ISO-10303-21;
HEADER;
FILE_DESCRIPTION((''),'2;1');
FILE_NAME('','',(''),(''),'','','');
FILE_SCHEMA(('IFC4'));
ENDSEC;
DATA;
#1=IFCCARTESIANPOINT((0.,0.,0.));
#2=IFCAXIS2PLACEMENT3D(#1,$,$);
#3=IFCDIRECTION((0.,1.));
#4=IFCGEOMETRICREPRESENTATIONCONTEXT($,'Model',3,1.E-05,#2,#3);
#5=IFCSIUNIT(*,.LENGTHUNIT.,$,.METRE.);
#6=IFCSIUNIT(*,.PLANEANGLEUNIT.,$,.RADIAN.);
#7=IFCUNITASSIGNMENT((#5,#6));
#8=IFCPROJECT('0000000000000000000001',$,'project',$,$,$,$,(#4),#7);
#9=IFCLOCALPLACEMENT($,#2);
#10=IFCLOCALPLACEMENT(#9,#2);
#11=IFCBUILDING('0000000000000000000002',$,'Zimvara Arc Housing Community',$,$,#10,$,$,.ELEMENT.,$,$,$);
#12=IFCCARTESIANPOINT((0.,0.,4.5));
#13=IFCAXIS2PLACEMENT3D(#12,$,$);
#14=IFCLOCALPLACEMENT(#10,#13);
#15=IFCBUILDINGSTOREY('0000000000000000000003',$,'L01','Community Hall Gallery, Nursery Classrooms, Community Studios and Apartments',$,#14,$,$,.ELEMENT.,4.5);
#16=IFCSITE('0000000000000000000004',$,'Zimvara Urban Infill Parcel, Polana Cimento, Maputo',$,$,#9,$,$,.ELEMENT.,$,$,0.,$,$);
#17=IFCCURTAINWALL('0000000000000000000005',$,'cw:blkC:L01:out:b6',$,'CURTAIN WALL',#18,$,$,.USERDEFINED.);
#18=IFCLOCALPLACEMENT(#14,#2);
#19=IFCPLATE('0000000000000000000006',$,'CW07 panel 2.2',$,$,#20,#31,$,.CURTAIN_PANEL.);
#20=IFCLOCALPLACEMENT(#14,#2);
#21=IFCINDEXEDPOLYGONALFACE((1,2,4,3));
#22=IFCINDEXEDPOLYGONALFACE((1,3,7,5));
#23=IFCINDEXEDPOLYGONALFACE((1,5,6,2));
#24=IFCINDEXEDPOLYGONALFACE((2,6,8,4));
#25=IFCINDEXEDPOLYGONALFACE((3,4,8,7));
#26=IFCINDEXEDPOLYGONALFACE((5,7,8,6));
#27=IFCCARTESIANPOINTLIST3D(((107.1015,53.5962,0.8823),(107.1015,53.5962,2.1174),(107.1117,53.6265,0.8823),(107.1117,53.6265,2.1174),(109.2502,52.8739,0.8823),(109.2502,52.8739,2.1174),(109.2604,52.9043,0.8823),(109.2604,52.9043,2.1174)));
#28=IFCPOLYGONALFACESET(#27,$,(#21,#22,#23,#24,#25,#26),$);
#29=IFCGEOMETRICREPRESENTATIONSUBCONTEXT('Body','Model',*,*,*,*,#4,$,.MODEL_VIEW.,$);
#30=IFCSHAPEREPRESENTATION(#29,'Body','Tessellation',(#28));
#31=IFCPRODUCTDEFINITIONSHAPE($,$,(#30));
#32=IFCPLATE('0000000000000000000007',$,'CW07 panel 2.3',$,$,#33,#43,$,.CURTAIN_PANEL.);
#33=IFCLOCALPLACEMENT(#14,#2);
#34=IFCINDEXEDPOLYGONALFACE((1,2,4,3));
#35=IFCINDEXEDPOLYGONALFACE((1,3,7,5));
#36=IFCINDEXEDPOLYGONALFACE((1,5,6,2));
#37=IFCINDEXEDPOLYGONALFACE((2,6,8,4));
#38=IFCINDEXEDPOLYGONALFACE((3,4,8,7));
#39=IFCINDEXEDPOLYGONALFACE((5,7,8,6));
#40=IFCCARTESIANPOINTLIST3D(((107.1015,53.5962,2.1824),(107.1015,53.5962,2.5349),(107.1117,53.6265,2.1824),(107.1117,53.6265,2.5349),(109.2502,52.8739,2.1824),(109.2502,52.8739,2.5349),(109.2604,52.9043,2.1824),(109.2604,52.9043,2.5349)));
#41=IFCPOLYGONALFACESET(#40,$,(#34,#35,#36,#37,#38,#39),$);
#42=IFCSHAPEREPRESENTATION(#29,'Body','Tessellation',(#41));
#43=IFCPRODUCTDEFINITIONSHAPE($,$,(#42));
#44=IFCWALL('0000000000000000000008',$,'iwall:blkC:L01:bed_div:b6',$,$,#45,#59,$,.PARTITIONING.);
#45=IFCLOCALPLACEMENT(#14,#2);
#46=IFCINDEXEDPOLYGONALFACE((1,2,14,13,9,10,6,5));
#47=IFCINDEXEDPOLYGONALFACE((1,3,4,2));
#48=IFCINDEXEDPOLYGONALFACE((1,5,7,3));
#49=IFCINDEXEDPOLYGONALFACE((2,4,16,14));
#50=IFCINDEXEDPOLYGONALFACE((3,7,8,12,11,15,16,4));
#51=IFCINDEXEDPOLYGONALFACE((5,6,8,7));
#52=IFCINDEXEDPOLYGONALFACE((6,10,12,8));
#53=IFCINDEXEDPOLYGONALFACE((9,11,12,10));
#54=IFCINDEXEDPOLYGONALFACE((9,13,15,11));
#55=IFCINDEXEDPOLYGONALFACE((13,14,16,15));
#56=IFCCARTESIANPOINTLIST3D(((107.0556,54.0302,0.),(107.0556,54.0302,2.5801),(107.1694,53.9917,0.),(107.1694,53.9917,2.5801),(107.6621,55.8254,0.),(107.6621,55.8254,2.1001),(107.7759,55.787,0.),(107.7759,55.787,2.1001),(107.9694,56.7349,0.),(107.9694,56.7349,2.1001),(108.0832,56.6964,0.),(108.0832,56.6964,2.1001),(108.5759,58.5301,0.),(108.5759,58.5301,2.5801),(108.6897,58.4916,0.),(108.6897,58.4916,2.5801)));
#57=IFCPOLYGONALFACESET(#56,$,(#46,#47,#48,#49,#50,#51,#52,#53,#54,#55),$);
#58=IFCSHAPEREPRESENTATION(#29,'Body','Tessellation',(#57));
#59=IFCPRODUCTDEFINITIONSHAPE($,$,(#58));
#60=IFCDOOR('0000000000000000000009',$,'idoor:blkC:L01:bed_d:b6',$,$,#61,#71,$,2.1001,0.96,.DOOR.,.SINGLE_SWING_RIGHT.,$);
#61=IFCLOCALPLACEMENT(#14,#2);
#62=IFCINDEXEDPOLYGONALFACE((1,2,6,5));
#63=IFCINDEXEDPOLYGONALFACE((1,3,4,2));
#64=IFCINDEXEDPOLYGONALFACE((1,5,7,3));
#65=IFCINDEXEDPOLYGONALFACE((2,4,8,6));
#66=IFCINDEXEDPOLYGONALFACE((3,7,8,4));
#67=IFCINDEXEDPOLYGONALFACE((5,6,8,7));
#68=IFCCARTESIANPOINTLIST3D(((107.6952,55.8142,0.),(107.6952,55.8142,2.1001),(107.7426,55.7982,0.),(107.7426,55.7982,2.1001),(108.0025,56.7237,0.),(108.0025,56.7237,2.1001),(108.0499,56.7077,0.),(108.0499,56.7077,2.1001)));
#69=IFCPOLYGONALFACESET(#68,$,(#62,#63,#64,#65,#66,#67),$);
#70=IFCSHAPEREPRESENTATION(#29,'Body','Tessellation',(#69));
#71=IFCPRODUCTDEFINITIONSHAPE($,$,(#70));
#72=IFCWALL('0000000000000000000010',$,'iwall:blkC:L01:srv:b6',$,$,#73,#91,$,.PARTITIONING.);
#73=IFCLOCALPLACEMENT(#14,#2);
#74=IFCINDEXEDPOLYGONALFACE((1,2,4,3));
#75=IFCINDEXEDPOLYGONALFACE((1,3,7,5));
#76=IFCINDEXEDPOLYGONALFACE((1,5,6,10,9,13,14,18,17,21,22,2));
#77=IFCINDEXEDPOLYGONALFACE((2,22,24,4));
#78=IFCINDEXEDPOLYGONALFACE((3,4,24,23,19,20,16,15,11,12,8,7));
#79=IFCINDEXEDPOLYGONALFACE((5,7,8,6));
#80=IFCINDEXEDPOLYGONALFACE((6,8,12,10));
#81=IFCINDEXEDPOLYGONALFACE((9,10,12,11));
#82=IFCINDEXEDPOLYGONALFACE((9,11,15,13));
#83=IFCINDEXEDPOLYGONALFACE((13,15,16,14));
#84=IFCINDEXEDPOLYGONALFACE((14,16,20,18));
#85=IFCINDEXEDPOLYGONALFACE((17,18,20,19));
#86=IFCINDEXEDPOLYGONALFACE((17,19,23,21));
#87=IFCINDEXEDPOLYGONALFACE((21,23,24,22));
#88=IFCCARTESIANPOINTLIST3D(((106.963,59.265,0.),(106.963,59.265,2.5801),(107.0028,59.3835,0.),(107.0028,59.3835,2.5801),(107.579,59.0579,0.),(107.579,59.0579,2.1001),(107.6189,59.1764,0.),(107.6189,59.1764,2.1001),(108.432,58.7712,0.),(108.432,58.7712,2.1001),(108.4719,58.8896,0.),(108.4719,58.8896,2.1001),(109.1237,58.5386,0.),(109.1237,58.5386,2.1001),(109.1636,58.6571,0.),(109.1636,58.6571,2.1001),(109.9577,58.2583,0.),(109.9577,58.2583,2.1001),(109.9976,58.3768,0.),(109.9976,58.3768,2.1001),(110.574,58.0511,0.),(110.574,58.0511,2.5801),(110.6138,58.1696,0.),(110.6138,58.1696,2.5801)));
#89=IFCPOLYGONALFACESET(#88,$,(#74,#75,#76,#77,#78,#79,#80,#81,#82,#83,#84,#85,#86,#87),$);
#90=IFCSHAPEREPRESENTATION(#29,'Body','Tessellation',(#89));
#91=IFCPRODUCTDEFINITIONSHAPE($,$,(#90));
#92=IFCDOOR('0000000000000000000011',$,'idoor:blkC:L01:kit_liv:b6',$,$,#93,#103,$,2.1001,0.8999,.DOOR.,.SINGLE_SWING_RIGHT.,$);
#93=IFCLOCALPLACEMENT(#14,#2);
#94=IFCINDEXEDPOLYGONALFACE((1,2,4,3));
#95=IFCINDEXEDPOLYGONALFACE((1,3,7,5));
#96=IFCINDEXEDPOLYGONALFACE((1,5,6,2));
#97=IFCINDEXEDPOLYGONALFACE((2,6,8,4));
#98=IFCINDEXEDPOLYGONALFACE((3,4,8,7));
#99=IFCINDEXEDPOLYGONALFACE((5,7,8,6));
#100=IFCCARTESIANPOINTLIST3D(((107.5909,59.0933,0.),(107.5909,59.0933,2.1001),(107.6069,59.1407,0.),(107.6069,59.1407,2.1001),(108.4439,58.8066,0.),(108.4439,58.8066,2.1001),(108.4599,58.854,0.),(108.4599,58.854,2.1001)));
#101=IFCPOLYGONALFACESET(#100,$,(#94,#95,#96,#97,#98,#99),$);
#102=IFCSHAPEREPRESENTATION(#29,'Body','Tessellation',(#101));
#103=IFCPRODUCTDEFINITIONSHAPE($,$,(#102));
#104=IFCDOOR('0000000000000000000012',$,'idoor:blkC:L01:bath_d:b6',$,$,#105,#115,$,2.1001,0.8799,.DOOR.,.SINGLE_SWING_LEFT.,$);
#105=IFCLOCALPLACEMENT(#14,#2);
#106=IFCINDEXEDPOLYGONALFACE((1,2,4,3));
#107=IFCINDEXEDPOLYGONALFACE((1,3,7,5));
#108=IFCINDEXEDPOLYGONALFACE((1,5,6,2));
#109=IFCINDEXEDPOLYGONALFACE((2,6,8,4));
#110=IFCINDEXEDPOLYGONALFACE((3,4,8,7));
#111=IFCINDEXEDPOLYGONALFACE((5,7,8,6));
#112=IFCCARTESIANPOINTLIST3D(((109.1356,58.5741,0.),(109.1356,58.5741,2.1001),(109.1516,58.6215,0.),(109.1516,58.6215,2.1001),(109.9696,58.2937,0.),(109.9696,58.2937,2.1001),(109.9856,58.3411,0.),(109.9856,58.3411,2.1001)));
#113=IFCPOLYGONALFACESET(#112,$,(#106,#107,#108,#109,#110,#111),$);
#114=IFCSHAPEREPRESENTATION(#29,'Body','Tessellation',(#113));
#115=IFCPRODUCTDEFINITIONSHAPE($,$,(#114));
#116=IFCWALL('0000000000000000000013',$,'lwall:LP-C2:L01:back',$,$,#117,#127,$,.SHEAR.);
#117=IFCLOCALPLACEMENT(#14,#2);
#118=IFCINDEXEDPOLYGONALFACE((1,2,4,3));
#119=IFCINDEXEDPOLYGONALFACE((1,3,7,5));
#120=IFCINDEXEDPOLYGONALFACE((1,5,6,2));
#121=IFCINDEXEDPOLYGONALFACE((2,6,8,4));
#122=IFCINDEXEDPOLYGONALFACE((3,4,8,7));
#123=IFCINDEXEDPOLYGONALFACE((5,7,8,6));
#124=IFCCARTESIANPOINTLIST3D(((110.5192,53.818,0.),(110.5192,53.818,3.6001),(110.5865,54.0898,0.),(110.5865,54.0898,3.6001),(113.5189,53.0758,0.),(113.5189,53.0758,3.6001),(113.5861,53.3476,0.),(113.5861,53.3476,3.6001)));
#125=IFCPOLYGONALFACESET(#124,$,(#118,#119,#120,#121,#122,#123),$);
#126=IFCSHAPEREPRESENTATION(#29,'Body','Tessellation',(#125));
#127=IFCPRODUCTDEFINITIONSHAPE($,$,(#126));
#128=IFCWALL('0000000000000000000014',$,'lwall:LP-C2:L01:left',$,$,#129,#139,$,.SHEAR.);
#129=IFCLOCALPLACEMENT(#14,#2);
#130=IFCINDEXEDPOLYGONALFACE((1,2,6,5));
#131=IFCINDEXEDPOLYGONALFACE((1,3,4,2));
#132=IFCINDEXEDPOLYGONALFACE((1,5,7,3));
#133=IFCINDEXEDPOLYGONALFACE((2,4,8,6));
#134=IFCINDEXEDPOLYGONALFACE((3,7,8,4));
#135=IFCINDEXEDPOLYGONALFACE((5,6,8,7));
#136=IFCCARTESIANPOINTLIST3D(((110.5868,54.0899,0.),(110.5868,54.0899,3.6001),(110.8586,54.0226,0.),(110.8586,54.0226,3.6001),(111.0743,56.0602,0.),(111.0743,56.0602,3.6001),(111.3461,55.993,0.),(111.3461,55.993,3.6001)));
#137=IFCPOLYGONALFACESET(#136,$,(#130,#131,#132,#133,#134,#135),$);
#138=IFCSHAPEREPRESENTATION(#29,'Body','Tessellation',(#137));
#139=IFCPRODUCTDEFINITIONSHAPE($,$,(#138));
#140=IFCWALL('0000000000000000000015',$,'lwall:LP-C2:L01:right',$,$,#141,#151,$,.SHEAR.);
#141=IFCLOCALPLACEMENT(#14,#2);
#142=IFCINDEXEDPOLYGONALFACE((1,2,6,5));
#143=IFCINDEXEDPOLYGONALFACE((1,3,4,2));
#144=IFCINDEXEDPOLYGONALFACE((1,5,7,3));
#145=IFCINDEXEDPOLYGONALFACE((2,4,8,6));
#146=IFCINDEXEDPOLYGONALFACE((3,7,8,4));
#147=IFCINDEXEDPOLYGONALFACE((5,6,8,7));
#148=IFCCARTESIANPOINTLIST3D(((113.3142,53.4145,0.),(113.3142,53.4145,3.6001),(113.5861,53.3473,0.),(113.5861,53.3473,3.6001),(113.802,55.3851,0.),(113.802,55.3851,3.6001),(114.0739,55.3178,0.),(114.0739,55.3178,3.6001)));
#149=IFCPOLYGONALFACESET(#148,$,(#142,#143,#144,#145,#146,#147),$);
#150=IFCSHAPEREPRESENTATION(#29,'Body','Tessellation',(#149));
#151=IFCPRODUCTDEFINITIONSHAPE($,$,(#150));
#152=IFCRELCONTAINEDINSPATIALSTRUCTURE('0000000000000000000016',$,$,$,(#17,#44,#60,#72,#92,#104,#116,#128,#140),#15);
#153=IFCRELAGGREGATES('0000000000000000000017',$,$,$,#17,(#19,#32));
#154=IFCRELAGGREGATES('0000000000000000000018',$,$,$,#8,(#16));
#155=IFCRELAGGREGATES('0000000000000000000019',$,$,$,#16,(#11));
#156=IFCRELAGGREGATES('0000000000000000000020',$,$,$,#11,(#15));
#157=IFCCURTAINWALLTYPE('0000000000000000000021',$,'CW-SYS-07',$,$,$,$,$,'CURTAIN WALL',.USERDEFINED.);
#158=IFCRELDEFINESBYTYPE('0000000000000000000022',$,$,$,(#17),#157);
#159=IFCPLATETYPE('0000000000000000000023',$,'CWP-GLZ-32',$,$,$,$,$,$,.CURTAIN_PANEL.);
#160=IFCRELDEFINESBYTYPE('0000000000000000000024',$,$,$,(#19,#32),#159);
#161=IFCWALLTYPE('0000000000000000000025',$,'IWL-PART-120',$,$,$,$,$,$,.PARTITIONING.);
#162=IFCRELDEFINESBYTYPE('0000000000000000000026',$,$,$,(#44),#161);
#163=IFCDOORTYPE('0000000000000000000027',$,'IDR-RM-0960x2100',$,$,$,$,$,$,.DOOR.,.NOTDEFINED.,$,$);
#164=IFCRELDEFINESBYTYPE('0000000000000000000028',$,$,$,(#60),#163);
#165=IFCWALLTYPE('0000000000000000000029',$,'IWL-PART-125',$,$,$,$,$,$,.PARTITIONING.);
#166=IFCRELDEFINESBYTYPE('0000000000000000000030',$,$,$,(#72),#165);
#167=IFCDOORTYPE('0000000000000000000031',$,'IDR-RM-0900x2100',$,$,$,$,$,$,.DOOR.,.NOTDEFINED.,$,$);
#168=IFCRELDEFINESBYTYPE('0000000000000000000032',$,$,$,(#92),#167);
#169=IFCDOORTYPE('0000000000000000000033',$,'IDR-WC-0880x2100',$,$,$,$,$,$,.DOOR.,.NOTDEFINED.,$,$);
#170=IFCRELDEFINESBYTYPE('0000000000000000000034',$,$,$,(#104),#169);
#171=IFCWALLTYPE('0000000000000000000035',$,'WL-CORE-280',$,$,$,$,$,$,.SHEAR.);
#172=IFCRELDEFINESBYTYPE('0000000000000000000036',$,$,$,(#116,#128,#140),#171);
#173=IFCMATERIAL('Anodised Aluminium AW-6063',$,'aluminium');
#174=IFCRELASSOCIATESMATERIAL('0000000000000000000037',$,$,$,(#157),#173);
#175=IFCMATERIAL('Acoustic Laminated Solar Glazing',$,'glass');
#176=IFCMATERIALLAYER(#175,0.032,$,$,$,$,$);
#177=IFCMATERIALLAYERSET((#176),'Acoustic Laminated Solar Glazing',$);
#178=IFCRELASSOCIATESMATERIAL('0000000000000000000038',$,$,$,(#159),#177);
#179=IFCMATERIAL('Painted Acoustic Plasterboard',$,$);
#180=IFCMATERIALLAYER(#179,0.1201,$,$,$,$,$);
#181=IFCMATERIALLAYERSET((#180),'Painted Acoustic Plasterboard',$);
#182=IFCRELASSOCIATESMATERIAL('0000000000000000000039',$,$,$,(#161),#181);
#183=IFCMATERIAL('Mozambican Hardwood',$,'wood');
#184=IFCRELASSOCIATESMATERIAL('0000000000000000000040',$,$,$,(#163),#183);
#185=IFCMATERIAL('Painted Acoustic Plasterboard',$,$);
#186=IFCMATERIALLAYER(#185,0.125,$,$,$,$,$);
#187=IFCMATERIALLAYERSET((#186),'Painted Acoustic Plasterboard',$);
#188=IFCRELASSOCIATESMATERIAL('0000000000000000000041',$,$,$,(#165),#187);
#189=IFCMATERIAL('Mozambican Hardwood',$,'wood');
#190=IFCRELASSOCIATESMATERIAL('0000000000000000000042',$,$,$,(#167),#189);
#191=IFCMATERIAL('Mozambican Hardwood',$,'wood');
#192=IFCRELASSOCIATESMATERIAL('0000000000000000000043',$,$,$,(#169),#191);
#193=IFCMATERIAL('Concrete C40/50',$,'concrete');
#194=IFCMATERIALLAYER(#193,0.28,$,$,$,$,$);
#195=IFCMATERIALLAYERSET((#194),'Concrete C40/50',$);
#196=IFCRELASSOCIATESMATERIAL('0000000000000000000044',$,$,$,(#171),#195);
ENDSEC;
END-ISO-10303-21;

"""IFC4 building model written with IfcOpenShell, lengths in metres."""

from ifc_helpers import new_model, si_unit, direction, frame, frame_2d, origin, origin_2d, place, context, subcontext, project, spatial, rectangle, extrude, material, layer, layer_set, type_object, element, fill, aggregate, save


model = new_model("IFC4")

# Units and contexts
model_context = context("Model", 3, precision=1e-05, world=origin(), true_north=direction((0.0, 1.0)))
body_context = subcontext(model_context, "Body", "Model", "MODEL_VIEW")
ifc_project = project(units=[si_unit("LENGTHUNIT", "METRE"), si_unit("PLANEANGLEUNIT", "RADIAN")], contexts=[model_context])

# Site, building, storey
site_placement = place(None, origin())
site = spatial("IfcSite", under=ifc_project, at=site_placement, Name="Zimvara Urban Infill Parcel, Polana Cimento, Maputo", CompositionType="ELEMENT", RefElevation=0.0)
building_placement = place(site_placement, origin())
building = spatial("IfcBuilding", under=site, at=building_placement, Name="Zimvara Arc Housing Community", CompositionType="ELEMENT")
storey_placement = place(building_placement, frame((0.0, 0.0, 4.5)))
storey = spatial("IfcBuildingStorey", under=building, at=storey_placement, Name="L01", Description="Community Hall Gallery, Nursery Classrooms, Community Studios and Apartments", CompositionType="ELEMENT", Elevation=4.5)

# Curtain wall, plates
ifc_material_1 = material(Name="Anodised Aluminium AW-6063", Category="aluminium")
curtain_wall_type = type_object("IfcCurtainWallType", Name="CW-SYS-07", ElementType="CURTAIN WALL", PredefinedType="USERDEFINED", material=ifc_material_1)
curtain_wall_placement = place(storey_placement, origin())
curtain_wall = element("IfcCurtainWall", 1, at=curtain_wall_placement, inside=storey, type_object=curtain_wall_type, Name="cw:blkC:L01:out:b6", ObjectType="CURTAIN WALL", PredefinedType="USERDEFINED")
ifc_material_2 = material(Name="Acoustic Laminated Solar Glazing", Category="glass")
ifc_layer_1 = layer(ifc_material_2, 0.032)
ifc_layer_set_1 = layer_set([ifc_layer_1], Name="Acoustic Laminated Solar Glazing")
plate_type = type_object("IfcPlateType", Name="CWP-GLZ-32", PredefinedType="CURTAIN_PANEL", material=ifc_layer_set_1)
plate_1_placement = place(storey_placement, frame((108.1809, 53.2502, 0.8823), z_axis=(0.0, 0.0, 1.0), x_axis=(0.94788, -0.318629, 0.0)))
plate_1 = element("IfcPlate", 2, at=plate_1_placement, type_object=plate_type, Name="CW07 panel 2.2", PredefinedType="CURTAIN_PANEL", context=body_context, shape_type="SweptSolid", body=[
    extrude(rectangle(XDim=2.2668, YDim=0.032, at=origin_2d()), origin(), (0.0, 0.0, 1.0), 1.2351),
])
plate_2_placement = place(storey_placement, frame((108.1809, 53.2502, 2.1824), z_axis=(0.0, 0.0, 1.0), x_axis=(0.94788, -0.318629, 0.0)))
plate_2 = element("IfcPlate", 3, at=plate_2_placement, type_object=plate_type, Name="CW07 panel 2.3", PredefinedType="CURTAIN_PANEL", context=body_context, shape_type="SweptSolid", body=[
    extrude(rectangle(XDim=2.2668, YDim=0.032, at=origin_2d()), origin(), (0.0, 0.0, 1.0), 0.3525),
])
aggregate(curtain_wall, [plate_1, plate_2])

# Wall, opening, door
ifc_material_3 = material(Name="Painted Acoustic Plasterboard")
ifc_layer_2 = layer(ifc_material_3, 0.1201)
ifc_layer_set_2 = layer_set([ifc_layer_2], Name="Painted Acoustic Plasterboard")
wall_type_1 = type_object("IfcWallType", Name="IWL-PART-120", PredefinedType="PARTITIONING", material=ifc_layer_set_2)
wall_1_placement = place(storey_placement, frame((108.6328, 58.511, 0.0), z_axis=(0.0, 0.0, 1.0), x_axis=(-0.320065, -0.947396, 0.0)))
wall_1 = element("IfcWall", 4, at=wall_1_placement, inside=storey, type_object=wall_type_1, Name="iwall:blkC:L01:bed_div:b6", PredefinedType="PARTITIONING", context=body_context, shape_type="SweptSolid", body=[
    extrude(rectangle(XDim=4.7498, YDim=0.1201, at=frame_2d((2.375, 0.0))), origin(), (0.0, 0.0, 1.0), 2.5801),
])
opening_1_placement = place(wall_1_placement, frame((1.895, 0.0, 0.0)))
opening_1 = element("IfcOpeningElement", 5, at=opening_1_placement, cuts=wall_1, PredefinedType="OPENING", context=body_context, shape_type="SweptSolid", body=[
    extrude(rectangle(XDim=0.96, YDim=2.1001, at=frame_2d((0.48, 1.05))), frame((0.0, 0.0701, 0.0), z_axis=(0.0, -1.0, 0.0), x_axis=(1.0, 0.0, 0.0)), (0.0, 0.0, 1.0), 0.1401),
])
ifc_material_4 = material(Name="Mozambican Hardwood", Category="wood")
door_type_1 = type_object("IfcDoorType", Name="IDR-RM-0960x2100", OperationType="NOTDEFINED", PredefinedType="DOOR", material=ifc_material_4)
door_1_placement = place(opening_1_placement, origin())
door_1 = element("IfcDoor", 6, at=door_1_placement, inside=storey, type_object=door_type_1, Name="idoor:blkC:L01:bed_d:b6", OperationType="SINGLE_SWING_RIGHT", OverallHeight=2.1001, OverallWidth=0.96, PredefinedType="DOOR", context=body_context, shape_type="SweptSolid", body=[
    extrude(rectangle(XDim=0.96, YDim=2.1001, at=frame_2d((0.48, 1.05))), frame((0.0, 0.0249, 0.0), z_axis=(0.0, -1.0, 0.0), x_axis=(1.0, 0.0, 0.0)), (0.0, 0.0, 1.0), 0.05),
])
fill(opening_1, door_1)

# Wall, openings, doors
ifc_material_5 = material(Name="Painted Acoustic Plasterboard")
ifc_layer_3 = layer(ifc_material_5, 0.125)
ifc_layer_set_3 = layer_set([ifc_layer_3], Name="Painted Acoustic Plasterboard")
wall_type_2 = type_object("IfcWallType", Name="IWL-PART-125", PredefinedType="PARTITIONING", material=ifc_layer_set_3)
wall_2_placement = place(storey_placement, frame((106.9829, 59.3242, 0.0), z_axis=(0.0, 0.0, 1.0), x_axis=(0.947879, -0.31863, 0.0)))
wall_2 = element("IfcWall", 7, at=wall_2_placement, inside=storey, type_object=wall_type_2, Name="iwall:blkC:L01:srv:b6", PredefinedType="PARTITIONING", context=body_context, shape_type="SweptSolid", body=[
    extrude(rectangle(XDim=3.8096, YDim=0.125, at=frame_2d((1.9048, 0.0))), origin(), (0.0, 0.0, 1.0), 2.5801),
])
opening_2_placement = place(wall_2_placement, frame((0.6499, 0.0, 0.0)))
opening_2 = element("IfcOpeningElement", 8, at=opening_2_placement, cuts=wall_2, PredefinedType="OPENING", context=body_context, shape_type="SweptSolid", body=[
    extrude(rectangle(XDim=0.8999, YDim=2.1001, at=frame_2d((0.45, 1.05))), frame((0.0, 0.0725, 0.0), z_axis=(0.0, -1.0, 0.0), x_axis=(1.0, 0.0, 0.0)), (0.0, 0.0, 1.0), 0.145),
])
opening_3_placement = place(wall_2_placement, frame((2.2795, 0.0, 0.0)))
opening_3 = element("IfcOpeningElement", 9, at=opening_3_placement, cuts=wall_2, PredefinedType="OPENING", context=body_context, shape_type="SweptSolid", body=[
    extrude(rectangle(XDim=0.8799, YDim=2.1001, at=frame_2d((0.4399, 1.05))), frame((0.0, 0.0725, 0.0), z_axis=(0.0, -1.0, 0.0), x_axis=(1.0, 0.0, 0.0)), (0.0, 0.0, 1.0), 0.145),
])
ifc_material_6 = material(Name="Mozambican Hardwood", Category="wood")
door_type_2 = type_object("IfcDoorType", Name="IDR-RM-0900x2100", OperationType="NOTDEFINED", PredefinedType="DOOR", material=ifc_material_6)
door_2_placement = place(opening_2_placement, origin())
door_2 = element("IfcDoor", 10, at=door_2_placement, inside=storey, type_object=door_type_2, Name="idoor:blkC:L01:kit_liv:b6", OperationType="SINGLE_SWING_RIGHT", OverallHeight=2.1001, OverallWidth=0.8999, PredefinedType="DOOR", context=body_context, shape_type="SweptSolid", body=[
    extrude(rectangle(XDim=0.8999, YDim=2.1001, at=frame_2d((0.45, 1.05))), frame((0.0, 0.0249, 0.0), z_axis=(0.0, -1.0, 0.0), x_axis=(1.0, 0.0, 0.0)), (0.0, 0.0, 1.0), 0.05),
])
fill(opening_2, door_2)
ifc_material_7 = material(Name="Mozambican Hardwood", Category="wood")
door_type_3 = type_object("IfcDoorType", Name="IDR-WC-0880x2100", OperationType="NOTDEFINED", PredefinedType="DOOR", material=ifc_material_7)
door_3_placement = place(opening_3_placement, origin())
door_3 = element("IfcDoor", 11, at=door_3_placement, inside=storey, type_object=door_type_3, Name="idoor:blkC:L01:bath_d:b6", OperationType="SINGLE_SWING_LEFT", OverallHeight=2.1001, OverallWidth=0.8799, PredefinedType="DOOR", context=body_context, shape_type="SweptSolid", body=[
    extrude(rectangle(XDim=0.8799, YDim=2.1001, at=frame_2d((0.4399, 1.05))), frame((0.0, 0.0249, 0.0), z_axis=(0.0, -1.0, 0.0), x_axis=(1.0, 0.0, 0.0)), (0.0, 0.0, 1.0), 0.05),
])
fill(opening_3, door_3)

# Shared definitions
ifc_material_8 = material(Name="Concrete C40/50", Category="concrete")
ifc_layer_4 = layer(ifc_material_8, 0.28)
ifc_layer_set_4 = layer_set([ifc_layer_4], Name="Concrete C40/50")
wall_type_3 = type_object("IfcWallType", Name="WL-CORE-280", PredefinedType="SHEAR", material=ifc_layer_set_4)

# Walls
wall_3_placement = place(storey_placement, frame((110.553, 53.9539, 0.0), z_axis=(0.0, 0.0, 1.0), x_axis=(0.970725, -0.240192, 0.0)))
element("IfcWall", 12, at=wall_3_placement, inside=storey, type_object=wall_type_3, Name="lwall:LP-C2:L01:back", PredefinedType="SHEAR", context=body_context, shape_type="SweptSolid", body=[
    extrude(rectangle(XDim=3.0901, YDim=0.28, at=frame_2d((1.5449, 0.0))), origin(), (0.0, 0.0, 1.0), 3.6001),
])
wall_4_placement = place(storey_placement, frame((111.2102, 56.0266, 0.0), z_axis=(0.0, 0.0, 1.0), x_axis=(-0.240186, -0.970727, 0.0)))
element("IfcWall", 13, at=wall_4_placement, inside=storey, type_object=wall_type_3, Name="lwall:LP-C2:L01:left", PredefinedType="SHEAR", context=body_context, shape_type="SweptSolid", body=[
    extrude(rectangle(XDim=2.0298, YDim=0.28, at=frame_2d((1.0149, 0.0))), origin(), (0.0, 0.0, 1.0), 3.6001),
])
wall_5_placement = place(storey_placement, frame((113.938, 55.3516, 0.0), z_axis=(0.0, 0.0, 1.0), x_axis=(-0.240299, -0.970699, 0.0)))
element("IfcWall", 14, at=wall_5_placement, inside=storey, type_object=wall_type_3, Name="lwall:LP-C2:L01:right", PredefinedType="SHEAR", context=body_context, shape_type="SweptSolid", body=[
    extrude(rectangle(XDim=2.03, YDim=0.28, at=frame_2d((1.0151, 0.0))), origin(), (0.0, 0.0, 1.0), 3.6001),
])

save(model, "model.ifc")
